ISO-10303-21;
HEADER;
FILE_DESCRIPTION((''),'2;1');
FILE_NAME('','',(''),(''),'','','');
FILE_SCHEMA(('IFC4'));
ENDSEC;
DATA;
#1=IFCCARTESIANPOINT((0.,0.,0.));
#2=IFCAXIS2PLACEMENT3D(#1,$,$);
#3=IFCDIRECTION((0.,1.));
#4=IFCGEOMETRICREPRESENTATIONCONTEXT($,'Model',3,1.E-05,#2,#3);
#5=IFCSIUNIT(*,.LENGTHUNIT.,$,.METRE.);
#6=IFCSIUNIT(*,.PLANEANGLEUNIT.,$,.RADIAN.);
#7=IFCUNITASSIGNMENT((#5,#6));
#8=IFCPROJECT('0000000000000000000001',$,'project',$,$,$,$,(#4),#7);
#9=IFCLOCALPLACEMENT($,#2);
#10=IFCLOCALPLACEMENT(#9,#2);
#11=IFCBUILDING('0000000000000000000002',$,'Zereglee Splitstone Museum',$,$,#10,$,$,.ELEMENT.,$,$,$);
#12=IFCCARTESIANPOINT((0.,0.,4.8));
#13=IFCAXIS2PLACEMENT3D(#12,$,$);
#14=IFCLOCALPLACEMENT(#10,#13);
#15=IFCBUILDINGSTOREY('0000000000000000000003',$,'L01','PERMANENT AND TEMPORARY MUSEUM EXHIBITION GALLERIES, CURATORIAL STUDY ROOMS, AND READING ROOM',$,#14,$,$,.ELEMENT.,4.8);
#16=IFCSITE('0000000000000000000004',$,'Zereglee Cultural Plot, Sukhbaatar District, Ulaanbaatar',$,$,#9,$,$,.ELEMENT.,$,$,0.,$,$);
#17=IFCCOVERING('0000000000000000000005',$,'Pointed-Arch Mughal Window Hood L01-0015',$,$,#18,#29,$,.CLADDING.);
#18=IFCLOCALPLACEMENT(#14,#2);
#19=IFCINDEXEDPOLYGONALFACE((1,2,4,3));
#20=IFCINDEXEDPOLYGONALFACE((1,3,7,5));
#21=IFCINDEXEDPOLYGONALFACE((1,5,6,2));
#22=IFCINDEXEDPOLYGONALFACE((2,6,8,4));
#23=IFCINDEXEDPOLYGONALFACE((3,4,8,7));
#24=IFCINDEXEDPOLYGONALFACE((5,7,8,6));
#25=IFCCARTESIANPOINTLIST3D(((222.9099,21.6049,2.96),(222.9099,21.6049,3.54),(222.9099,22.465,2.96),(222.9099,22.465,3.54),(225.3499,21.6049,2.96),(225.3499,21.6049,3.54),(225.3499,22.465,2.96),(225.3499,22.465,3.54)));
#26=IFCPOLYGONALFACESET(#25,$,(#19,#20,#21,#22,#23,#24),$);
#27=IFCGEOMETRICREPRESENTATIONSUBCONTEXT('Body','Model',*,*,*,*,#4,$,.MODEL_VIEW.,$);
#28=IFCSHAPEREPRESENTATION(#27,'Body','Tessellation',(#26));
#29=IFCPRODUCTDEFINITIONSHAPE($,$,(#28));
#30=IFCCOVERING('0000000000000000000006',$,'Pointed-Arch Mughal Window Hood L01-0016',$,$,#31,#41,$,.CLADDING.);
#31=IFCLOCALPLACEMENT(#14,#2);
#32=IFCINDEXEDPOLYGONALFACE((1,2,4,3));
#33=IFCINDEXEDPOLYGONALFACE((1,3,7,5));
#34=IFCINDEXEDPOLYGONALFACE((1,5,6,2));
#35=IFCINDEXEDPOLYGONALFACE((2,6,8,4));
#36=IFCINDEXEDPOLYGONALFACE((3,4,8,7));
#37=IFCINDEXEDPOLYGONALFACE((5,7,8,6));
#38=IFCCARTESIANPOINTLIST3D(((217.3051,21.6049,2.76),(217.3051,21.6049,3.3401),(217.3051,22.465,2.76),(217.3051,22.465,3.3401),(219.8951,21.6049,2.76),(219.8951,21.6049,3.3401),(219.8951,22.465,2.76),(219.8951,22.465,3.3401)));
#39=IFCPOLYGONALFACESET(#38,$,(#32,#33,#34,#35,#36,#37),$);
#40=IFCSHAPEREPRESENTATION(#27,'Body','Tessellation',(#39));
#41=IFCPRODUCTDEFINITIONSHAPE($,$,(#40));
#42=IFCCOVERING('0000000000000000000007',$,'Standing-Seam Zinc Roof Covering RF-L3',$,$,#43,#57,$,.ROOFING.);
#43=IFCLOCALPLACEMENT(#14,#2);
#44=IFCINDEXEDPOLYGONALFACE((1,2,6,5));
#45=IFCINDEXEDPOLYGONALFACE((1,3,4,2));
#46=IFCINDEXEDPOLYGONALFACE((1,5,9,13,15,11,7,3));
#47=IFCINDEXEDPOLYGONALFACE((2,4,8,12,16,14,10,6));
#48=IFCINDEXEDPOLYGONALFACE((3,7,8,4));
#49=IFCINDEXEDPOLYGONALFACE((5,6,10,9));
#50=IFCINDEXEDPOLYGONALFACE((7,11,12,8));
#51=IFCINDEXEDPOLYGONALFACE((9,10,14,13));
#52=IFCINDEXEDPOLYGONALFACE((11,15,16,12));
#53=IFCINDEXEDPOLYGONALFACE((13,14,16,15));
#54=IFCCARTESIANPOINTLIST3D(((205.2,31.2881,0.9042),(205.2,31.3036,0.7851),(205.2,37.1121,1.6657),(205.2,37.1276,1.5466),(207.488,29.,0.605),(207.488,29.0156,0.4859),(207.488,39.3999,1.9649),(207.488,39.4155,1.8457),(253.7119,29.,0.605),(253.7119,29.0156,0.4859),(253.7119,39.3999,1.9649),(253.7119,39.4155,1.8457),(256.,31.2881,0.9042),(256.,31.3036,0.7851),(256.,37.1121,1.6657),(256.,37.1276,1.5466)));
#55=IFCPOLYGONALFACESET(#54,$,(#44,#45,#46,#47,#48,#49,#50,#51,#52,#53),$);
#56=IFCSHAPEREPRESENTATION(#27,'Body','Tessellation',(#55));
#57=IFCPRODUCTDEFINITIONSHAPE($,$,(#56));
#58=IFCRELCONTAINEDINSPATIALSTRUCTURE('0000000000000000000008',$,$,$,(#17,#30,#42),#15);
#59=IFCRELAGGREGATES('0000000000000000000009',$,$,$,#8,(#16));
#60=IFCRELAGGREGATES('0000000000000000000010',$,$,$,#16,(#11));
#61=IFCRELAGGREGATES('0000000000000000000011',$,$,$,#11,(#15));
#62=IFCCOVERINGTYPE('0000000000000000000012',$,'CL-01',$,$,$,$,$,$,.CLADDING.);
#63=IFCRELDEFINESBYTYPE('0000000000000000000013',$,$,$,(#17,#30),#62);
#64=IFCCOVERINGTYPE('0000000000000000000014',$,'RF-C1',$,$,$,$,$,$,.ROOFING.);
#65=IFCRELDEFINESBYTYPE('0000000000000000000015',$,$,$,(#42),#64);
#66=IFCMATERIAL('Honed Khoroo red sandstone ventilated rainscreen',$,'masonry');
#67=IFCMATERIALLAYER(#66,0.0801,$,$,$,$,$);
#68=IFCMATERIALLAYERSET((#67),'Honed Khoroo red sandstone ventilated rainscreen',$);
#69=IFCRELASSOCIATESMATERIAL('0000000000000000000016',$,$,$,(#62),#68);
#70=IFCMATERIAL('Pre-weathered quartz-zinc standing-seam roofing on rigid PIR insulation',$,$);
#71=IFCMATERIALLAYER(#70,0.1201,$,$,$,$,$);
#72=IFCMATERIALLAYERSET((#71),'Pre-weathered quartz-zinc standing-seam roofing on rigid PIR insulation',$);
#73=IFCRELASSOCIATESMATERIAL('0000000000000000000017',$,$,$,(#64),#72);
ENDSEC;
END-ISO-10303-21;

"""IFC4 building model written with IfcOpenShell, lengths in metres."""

from ifc_helpers import new_model, si_unit, direction, frame, origin, origin_2d, place, context, subcontext, project, spatial, polyline, rectangle, outline, extrude, material, layer, layer_set, type_object, element, save


model = new_model("IFC4")

# Units and contexts
model_context = context("Model", 3, precision=1e-05, world=origin(), true_north=direction((0.0, 1.0)))
body_context = subcontext(model_context, "Body", "Model", "MODEL_VIEW")
ifc_project = project(units=[si_unit("LENGTHUNIT", "METRE"), si_unit("PLANEANGLEUNIT", "RADIAN")], contexts=[model_context])

# Site, building, storey
site_placement = place(None, origin())
site = spatial("IfcSite", under=ifc_project, at=site_placement, Name="Zereglee Cultural Plot, Sukhbaatar District, Ulaanbaatar", CompositionType="ELEMENT", RefElevation=0.0)
building_placement = place(site_placement, origin())
building = spatial("IfcBuilding", under=site, at=building_placement, Name="Zereglee Splitstone Museum", CompositionType="ELEMENT")
storey_placement = place(building_placement, frame((0.0, 0.0, 4.8)))
storey = spatial("IfcBuildingStorey", under=building, at=storey_placement, Name="L01", Description="PERMANENT AND TEMPORARY MUSEUM EXHIBITION GALLERIES, CURATORIAL STUDY ROOMS, AND READING ROOM", CompositionType="ELEMENT", Elevation=4.8)

# Coverings
ifc_material_1 = material(Name="Honed Khoroo red sandstone ventilated rainscreen", Category="masonry")
ifc_layer_1 = layer(ifc_material_1, 0.0801)
ifc_layer_set_1 = layer_set([ifc_layer_1], Name="Honed Khoroo red sandstone ventilated rainscreen")
covering_type_1 = type_object("IfcCoveringType", Name="CL-01", PredefinedType="CLADDING", material=ifc_layer_set_1)
for number, where, z_axis, x_axis, name in (
    (1, (224.1299, 22.0349, 2.96), (0.0, 0.0, 1.0), (-1.0, 0.0, 0.0), "Pointed-Arch Mughal Window Hood L01-0015"),
):
    element("IfcCovering", number, at=place(storey_placement, frame(where, z_axis=z_axis, x_axis=x_axis)), inside=storey, type_object=covering_type_1, Name=name, PredefinedType="CLADDING", context=body_context, shape_type="SweptSolid", body=[
        extrude(rectangle(XDim=2.4399, YDim=0.8601, at=origin_2d()), origin(), (0.0, 0.0, 1.0), 0.5801),
    ])
covering_1_placement = place(storey_placement, frame((218.6001, 22.0349, 2.76), z_axis=(0.0, 0.0, 1.0), x_axis=(-1.0, 0.0, 0.0)))
element("IfcCovering", 2, at=covering_1_placement, inside=storey, type_object=covering_type_1, Name="Pointed-Arch Mughal Window Hood L01-0016", PredefinedType="CLADDING", context=body_context, shape_type="SweptSolid", body=[
    extrude(rectangle(XDim=2.5901, YDim=0.8601, at=origin_2d()), origin(), (0.0, 0.0, 1.0), 0.5801),
])
ifc_material_2 = material(Name="Pre-weathered quartz-zinc standing-seam roofing on rigid PIR insulation")
ifc_layer_2 = layer(ifc_material_2, 0.1201)
ifc_layer_set_2 = layer_set([ifc_layer_2], Name="Pre-weathered quartz-zinc standing-seam roofing on rigid PIR insulation")
covering_type_2 = type_object("IfcCoveringType", Name="RF-C1", PredefinedType="ROOFING", material=ifc_layer_set_2)
covering_2_placement = place(storey_placement, frame((207.488, 29.0, 0.605), z_axis=(0.0, -0.129654, 0.991559), x_axis=(1.0, 0.0, 0.0)))
element("IfcCovering", 3, at=covering_2_placement, inside=storey, type_object=covering_type_2, Name="Standing-Seam Zinc Roof Covering RF-L3", PredefinedType="ROOFING", context=body_context, shape_type="SweptSolid", body=[
    extrude(outline(polyline([(0.0, 0.0), (46.2239, 0.0), (48.512, 2.3075), (48.512, 8.1811), (46.2239, 10.4884), (0.0, 10.4884), (-2.2881, 8.1811), (-2.2881, 2.3075), (0.0, 0.0)])), origin(), (0.0, 0.0, -1.0), 0.1201),
])

save(model, "model.ifc")
